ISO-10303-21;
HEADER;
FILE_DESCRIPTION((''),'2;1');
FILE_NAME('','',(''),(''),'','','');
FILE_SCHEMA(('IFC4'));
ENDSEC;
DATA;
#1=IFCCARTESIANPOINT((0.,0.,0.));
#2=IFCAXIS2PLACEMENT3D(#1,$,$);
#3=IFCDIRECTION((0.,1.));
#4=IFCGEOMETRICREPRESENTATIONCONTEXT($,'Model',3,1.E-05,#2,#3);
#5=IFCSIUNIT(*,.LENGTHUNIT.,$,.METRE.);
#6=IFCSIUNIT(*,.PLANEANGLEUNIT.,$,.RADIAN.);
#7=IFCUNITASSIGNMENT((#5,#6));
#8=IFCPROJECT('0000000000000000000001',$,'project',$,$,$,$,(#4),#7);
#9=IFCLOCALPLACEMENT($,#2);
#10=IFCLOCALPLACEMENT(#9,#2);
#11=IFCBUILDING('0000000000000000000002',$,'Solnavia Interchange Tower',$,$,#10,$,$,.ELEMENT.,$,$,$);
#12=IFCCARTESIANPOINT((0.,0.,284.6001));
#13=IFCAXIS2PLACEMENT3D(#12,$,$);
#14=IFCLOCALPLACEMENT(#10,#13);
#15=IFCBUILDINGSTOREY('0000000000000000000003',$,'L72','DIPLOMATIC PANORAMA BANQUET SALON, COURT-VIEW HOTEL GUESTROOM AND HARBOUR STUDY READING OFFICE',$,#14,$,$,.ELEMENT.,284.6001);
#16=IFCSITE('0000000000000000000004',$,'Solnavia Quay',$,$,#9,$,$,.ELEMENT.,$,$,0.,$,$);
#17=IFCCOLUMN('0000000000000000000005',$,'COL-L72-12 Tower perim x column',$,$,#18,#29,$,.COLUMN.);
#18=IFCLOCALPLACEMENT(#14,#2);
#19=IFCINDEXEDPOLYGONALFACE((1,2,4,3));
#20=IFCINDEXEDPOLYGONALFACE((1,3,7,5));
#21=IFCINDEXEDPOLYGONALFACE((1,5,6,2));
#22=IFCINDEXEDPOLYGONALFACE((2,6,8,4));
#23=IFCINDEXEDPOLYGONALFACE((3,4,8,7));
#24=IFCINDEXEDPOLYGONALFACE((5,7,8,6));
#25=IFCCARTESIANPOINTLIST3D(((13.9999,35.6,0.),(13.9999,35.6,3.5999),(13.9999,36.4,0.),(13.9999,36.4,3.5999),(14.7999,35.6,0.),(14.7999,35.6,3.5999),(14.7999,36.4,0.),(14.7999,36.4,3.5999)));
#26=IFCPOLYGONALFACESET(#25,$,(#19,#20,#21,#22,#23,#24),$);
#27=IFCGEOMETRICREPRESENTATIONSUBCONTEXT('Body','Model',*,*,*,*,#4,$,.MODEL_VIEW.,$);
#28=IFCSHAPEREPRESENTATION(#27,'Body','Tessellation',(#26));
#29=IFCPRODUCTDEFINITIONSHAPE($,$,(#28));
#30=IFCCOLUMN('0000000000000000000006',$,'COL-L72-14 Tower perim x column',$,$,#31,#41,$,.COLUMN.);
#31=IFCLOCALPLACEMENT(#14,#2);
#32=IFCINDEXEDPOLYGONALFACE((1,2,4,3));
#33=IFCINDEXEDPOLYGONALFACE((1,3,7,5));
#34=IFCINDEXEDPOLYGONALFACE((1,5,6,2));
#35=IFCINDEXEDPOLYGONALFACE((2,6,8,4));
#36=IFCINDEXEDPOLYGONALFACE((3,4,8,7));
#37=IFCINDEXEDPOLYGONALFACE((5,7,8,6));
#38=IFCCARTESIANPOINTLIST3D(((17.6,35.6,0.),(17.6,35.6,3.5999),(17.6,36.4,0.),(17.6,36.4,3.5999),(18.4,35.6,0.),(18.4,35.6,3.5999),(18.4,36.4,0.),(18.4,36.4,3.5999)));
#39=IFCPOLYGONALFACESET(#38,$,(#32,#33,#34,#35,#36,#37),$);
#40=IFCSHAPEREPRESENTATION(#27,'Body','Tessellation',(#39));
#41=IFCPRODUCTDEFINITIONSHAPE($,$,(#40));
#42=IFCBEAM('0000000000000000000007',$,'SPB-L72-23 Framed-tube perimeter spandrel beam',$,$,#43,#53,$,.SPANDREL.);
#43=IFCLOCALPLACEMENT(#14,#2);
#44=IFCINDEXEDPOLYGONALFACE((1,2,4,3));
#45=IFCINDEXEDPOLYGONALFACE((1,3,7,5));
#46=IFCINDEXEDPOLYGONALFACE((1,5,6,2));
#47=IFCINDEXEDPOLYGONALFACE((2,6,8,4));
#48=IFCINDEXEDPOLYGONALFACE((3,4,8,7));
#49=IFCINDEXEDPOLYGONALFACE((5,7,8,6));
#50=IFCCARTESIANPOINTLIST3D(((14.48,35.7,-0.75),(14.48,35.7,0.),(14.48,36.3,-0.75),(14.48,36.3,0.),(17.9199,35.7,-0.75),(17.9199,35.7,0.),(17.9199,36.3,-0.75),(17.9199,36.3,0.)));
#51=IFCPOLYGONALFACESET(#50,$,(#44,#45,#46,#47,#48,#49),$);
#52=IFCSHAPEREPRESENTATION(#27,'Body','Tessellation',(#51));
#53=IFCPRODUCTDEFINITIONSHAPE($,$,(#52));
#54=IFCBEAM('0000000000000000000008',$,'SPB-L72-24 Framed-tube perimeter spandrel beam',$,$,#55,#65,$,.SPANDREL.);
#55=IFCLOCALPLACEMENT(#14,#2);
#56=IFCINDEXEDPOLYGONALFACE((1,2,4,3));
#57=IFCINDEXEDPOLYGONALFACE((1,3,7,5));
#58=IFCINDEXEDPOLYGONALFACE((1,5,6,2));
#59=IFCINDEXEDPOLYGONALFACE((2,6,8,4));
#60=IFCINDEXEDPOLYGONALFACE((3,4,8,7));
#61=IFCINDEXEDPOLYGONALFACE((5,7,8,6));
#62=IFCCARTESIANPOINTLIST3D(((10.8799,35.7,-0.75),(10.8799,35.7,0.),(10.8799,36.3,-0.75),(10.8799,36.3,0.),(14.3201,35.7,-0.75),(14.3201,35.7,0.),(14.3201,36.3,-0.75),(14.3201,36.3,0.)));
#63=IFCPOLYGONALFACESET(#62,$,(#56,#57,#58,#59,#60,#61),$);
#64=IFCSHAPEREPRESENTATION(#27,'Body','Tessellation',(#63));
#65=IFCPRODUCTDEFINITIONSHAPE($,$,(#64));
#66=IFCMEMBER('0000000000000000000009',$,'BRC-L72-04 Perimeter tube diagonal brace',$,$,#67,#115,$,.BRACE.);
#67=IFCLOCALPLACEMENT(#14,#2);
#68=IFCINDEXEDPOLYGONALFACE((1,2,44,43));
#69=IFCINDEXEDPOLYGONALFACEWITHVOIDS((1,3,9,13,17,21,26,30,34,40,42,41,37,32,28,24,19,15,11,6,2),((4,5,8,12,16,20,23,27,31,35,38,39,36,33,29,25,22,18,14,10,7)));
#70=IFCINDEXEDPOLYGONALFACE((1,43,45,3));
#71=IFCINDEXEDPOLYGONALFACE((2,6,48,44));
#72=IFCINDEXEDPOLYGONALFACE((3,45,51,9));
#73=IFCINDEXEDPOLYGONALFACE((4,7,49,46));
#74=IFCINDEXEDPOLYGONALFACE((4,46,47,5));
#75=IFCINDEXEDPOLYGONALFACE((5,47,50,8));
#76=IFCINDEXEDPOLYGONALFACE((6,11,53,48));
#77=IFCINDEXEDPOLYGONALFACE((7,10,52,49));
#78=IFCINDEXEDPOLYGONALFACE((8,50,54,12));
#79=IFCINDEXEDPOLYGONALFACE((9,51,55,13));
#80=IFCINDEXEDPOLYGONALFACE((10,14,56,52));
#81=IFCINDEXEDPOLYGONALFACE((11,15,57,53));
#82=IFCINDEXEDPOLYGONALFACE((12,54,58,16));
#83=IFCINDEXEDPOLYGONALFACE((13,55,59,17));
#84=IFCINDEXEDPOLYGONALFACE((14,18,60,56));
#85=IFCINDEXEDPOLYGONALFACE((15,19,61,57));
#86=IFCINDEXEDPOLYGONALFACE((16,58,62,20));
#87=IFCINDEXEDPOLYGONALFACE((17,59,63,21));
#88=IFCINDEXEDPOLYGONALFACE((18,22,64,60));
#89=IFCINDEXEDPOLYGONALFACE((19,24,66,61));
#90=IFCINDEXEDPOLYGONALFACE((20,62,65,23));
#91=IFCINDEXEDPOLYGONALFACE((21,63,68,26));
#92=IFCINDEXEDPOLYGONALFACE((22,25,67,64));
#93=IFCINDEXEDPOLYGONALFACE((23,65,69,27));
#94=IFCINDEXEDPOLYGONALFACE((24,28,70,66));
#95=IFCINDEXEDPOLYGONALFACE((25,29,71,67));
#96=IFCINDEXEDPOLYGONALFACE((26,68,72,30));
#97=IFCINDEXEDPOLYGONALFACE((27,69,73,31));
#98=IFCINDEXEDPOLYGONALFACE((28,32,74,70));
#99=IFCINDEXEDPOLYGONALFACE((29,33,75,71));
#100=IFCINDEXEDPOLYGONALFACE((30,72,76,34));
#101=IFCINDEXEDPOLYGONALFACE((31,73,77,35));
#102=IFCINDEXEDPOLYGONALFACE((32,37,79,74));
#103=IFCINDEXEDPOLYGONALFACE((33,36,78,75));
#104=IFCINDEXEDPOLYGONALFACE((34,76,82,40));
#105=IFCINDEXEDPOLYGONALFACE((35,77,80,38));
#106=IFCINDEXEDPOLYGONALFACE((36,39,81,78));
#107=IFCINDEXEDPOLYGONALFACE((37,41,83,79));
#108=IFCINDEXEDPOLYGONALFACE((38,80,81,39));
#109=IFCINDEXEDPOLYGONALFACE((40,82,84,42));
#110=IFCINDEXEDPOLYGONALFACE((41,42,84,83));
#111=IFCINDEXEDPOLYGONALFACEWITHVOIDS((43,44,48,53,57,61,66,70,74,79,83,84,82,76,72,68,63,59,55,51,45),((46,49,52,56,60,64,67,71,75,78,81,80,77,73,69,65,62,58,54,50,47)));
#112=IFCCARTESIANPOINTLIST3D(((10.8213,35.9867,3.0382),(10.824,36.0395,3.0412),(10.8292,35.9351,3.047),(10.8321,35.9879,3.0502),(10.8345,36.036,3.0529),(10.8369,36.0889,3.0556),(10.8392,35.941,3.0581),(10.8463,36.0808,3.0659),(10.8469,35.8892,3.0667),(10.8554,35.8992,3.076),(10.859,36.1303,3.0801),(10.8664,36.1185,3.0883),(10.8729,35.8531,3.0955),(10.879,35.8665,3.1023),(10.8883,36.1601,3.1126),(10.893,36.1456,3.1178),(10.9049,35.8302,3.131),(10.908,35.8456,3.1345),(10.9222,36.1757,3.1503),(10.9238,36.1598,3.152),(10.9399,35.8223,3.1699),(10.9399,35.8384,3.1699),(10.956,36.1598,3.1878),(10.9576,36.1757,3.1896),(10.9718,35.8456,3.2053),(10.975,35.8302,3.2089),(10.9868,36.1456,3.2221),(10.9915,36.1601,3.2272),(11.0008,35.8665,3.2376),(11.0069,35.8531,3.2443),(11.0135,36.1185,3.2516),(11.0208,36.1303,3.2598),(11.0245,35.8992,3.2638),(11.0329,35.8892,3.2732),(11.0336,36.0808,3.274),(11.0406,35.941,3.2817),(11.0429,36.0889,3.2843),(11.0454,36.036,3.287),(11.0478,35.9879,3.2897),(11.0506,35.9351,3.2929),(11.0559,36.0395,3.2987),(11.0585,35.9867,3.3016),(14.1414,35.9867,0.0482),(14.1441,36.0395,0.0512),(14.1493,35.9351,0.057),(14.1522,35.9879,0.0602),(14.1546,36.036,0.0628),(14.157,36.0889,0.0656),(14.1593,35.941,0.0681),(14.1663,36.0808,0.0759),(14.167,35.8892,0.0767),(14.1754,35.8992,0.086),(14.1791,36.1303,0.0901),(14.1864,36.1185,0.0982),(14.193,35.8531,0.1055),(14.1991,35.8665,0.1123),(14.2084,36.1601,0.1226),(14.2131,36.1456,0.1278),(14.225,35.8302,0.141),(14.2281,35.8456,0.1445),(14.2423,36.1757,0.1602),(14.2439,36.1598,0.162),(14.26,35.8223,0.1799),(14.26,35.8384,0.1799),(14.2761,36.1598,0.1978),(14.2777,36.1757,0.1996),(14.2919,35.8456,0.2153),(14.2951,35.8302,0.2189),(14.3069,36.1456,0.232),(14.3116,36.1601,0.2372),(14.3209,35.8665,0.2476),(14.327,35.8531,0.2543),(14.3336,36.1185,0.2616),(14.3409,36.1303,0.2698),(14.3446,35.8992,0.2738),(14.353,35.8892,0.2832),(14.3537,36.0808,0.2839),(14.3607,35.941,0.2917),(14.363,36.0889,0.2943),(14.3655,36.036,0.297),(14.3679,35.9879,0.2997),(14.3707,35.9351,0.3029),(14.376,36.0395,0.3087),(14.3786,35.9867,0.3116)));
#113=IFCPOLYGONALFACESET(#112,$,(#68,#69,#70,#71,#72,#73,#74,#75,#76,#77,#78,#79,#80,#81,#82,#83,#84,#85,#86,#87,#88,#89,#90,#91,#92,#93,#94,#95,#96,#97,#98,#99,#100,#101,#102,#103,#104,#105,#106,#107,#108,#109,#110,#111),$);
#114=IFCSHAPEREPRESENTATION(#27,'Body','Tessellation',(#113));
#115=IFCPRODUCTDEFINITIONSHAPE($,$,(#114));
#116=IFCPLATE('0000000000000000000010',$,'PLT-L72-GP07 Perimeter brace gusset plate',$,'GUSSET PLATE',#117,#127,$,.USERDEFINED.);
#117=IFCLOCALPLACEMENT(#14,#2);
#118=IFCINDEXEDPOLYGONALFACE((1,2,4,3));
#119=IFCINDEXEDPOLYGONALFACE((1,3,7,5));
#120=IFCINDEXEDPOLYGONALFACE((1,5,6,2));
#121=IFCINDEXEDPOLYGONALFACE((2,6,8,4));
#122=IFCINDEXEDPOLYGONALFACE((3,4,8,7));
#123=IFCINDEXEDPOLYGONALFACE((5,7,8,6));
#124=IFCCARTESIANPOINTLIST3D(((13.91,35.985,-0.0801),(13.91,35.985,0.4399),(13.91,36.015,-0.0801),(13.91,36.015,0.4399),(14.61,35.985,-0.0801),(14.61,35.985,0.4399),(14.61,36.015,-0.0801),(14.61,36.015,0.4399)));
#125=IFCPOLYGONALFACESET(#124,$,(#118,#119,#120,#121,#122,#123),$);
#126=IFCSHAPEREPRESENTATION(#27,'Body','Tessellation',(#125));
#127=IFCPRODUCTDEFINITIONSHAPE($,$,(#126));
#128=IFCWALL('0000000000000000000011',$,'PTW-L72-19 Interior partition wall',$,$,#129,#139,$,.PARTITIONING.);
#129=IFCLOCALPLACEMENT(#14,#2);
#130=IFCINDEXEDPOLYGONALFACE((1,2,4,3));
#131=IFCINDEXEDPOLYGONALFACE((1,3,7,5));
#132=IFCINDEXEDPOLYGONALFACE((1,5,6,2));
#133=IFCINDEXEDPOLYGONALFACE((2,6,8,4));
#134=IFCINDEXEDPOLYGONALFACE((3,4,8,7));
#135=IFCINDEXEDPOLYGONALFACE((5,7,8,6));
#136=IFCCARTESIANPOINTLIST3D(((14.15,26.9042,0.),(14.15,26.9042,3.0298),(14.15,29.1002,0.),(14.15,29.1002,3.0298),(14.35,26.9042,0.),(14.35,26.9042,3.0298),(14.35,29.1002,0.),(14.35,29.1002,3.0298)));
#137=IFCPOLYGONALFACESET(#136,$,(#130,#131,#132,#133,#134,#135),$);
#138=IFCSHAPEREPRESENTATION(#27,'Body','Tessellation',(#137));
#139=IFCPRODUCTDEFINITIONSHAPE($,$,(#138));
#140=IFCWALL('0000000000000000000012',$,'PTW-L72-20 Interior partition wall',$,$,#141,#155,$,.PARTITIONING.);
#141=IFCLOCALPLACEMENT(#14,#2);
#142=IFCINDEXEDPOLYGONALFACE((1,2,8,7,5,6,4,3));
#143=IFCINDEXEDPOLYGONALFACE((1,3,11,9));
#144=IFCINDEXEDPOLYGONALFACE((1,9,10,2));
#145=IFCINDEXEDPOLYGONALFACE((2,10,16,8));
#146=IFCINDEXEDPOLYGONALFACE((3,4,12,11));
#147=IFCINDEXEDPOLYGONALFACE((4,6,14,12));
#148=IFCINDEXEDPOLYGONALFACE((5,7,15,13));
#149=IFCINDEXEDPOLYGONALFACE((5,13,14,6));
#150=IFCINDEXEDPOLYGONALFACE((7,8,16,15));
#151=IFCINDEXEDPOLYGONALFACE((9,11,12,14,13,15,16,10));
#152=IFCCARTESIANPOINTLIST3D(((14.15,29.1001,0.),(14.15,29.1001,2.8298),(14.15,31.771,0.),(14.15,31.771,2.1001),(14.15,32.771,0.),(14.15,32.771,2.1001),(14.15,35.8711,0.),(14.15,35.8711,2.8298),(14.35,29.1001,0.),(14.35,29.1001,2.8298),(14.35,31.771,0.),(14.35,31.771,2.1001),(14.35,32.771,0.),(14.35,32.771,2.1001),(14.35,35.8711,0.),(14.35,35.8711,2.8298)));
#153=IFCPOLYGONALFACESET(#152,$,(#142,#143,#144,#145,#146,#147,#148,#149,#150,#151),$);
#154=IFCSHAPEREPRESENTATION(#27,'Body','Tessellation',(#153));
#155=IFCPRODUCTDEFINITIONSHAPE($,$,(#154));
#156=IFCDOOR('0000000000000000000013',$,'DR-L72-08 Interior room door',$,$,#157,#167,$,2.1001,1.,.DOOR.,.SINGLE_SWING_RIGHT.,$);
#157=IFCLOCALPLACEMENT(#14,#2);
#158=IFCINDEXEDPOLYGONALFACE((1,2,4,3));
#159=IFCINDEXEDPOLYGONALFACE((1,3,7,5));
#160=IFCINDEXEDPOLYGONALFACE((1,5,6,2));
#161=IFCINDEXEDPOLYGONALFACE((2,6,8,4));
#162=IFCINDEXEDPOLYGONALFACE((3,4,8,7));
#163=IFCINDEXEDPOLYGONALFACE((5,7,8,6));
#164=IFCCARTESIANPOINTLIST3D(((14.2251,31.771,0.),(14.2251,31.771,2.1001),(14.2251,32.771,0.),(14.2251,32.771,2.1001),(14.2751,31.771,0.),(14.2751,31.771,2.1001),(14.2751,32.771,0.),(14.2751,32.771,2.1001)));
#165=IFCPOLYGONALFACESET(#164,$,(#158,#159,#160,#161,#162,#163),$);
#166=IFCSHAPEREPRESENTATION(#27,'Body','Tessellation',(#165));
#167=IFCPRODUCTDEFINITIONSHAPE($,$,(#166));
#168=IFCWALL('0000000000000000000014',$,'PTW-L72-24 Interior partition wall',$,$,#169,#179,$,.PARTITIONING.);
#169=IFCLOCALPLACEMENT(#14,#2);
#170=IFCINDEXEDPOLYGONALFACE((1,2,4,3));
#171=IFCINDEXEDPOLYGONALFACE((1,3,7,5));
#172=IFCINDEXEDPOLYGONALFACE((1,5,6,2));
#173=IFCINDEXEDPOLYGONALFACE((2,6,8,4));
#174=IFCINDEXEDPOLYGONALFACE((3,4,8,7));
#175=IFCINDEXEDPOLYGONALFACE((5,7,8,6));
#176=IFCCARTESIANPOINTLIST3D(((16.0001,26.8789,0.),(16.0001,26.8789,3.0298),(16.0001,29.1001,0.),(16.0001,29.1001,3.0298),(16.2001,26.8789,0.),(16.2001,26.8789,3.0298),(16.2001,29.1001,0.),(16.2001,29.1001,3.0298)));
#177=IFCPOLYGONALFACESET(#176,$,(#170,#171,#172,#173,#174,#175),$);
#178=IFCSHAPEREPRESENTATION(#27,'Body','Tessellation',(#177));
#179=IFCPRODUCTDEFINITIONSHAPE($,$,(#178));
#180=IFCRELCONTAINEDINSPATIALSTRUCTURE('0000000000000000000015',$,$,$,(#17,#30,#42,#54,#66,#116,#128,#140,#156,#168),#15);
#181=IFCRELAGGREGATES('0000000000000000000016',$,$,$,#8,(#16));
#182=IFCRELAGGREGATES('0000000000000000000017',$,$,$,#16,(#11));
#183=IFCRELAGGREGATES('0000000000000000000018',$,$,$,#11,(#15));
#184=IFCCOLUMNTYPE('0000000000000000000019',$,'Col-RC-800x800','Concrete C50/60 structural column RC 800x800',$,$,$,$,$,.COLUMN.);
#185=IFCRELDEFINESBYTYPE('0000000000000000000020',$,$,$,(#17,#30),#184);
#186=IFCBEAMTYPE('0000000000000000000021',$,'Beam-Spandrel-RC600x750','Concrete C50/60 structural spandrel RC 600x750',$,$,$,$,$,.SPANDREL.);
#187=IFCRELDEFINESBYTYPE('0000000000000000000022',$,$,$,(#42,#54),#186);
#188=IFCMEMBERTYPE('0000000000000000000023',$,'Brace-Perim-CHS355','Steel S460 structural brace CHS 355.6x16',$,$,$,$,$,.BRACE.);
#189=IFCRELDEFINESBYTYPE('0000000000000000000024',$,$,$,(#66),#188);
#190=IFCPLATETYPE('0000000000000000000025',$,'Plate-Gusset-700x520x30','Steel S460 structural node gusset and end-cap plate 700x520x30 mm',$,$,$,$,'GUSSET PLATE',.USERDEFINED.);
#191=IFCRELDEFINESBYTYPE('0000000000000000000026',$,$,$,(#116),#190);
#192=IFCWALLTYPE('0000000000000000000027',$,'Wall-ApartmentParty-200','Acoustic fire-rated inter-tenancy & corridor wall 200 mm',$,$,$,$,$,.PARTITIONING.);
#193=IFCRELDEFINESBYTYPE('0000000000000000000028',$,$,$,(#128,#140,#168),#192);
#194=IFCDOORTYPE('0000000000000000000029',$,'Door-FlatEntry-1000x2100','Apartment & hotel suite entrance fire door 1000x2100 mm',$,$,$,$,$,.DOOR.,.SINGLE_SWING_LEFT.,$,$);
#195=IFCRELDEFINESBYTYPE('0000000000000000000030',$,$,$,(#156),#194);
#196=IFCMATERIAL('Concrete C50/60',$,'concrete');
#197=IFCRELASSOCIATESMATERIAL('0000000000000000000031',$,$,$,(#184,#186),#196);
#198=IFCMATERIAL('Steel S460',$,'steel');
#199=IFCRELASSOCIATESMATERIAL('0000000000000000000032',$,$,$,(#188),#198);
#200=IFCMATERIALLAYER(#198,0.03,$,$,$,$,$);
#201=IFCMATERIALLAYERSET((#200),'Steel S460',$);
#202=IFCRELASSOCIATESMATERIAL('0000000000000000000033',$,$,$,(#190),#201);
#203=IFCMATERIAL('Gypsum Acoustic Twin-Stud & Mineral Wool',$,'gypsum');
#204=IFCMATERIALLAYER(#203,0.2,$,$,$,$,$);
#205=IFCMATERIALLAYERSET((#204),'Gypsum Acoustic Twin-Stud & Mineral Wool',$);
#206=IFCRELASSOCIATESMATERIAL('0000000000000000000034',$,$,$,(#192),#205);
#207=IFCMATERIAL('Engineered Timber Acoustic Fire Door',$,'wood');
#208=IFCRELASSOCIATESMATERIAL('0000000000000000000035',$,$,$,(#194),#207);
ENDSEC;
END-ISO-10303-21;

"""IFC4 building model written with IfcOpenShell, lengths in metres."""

from ifc_helpers import new_model, si_unit, direction, frame, frame_2d, origin, origin_2d, place, context, subcontext, project, spatial, rectangle, hollow_circle, extrude, material, layer, layer_set, material_profile, profile_set, type_object, element, fill, save


model = new_model("IFC4")

# Units and contexts
model_context = context("Model", 3, precision=1e-05, world=origin(), true_north=direction((0.0, 1.0)))
body_context = subcontext(model_context, "Body", "Model", "MODEL_VIEW")
ifc_project = project(units=[si_unit("LENGTHUNIT", "METRE"), si_unit("PLANEANGLEUNIT", "RADIAN")], contexts=[model_context])

# Site, building, storey
site_placement = place(None, origin())
site = spatial("IfcSite", under=ifc_project, at=site_placement, Name="Solnavia Quay", CompositionType="ELEMENT", RefElevation=0.0)
building_placement = place(site_placement, origin())
building = spatial("IfcBuilding", under=site, at=building_placement, Name="Solnavia Interchange Tower", CompositionType="ELEMENT")
storey_placement = place(building_placement, frame((0.0, 0.0, 284.6001)))
storey = spatial("IfcBuildingStorey", under=building, at=storey_placement, Name="L72", Description="DIPLOMATIC PANORAMA BANQUET SALON, COURT-VIEW HOTEL GUESTROOM AND HARBOUR STUDY READING OFFICE", CompositionType="ELEMENT", Elevation=284.6001)

# Columns
ifc_material_1 = material(Name="Concrete C50/60", Category="concrete")
ifc_material_profile_1 = material_profile(ifc_material_1, rectangle(XDim=0.8, YDim=0.8, at=origin_2d()), Name="RC 800x800")
ifc_profile_set_1 = profile_set([ifc_material_profile_1], Name="Concrete C50/60")
column_type = type_object("IfcColumnType", Name="Col-RC-800x800", Description="Concrete C50/60 structural column RC 800x800", PredefinedType="COLUMN", material=ifc_profile_set_1)
for number, where, z_axis, x_axis, name in (
    (1, (14.3999, 36.0, 0.0), (0.0, 0.0, 1.0), (1.0, 0.0, 0.0), "COL-L72-12 Tower perim x column"),
    (2, (18.0, 36.0, 0.0), (0.0, 0.0, 1.0), (1.0, 0.0, 0.0), "COL-L72-14 Tower perim x column"),
):
    element("IfcColumn", number, at=place(storey_placement, frame(where, z_axis=z_axis, x_axis=x_axis)), inside=storey, type_object=column_type, Name=name, PredefinedType="COLUMN", context=body_context, shape_type="SweptSolid", body=[
        extrude(rectangle(XDim=0.8, YDim=0.8, at=origin_2d()), origin(), (0.0, 0.0, 1.0), 3.5999),
    ])

# Beams
ifc_material_profile_2 = material_profile(ifc_material_1, rectangle(XDim=0.6001, YDim=0.75, at=origin_2d()), Name="RC 600x750")
ifc_profile_set_2 = profile_set([ifc_material_profile_2], Name="Concrete C50/60")
beam_type = type_object("IfcBeamType", Name="Beam-Spandrel-RC600x750", Description="Concrete C50/60 structural spandrel RC 600x750", PredefinedType="SPANDREL", material=ifc_profile_set_2)
beam_1_placement = place(storey_placement, frame((17.9199, 36.0, -0.375), z_axis=(-1.0, 0.0, 0.0), x_axis=(0.0, -1.0, 0.0)))
element("IfcBeam", 3, at=beam_1_placement, inside=storey, type_object=beam_type, Name="SPB-L72-23 Framed-tube perimeter spandrel beam", PredefinedType="SPANDREL", context=body_context, shape_type="SweptSolid", body=[
    extrude(rectangle(XDim=0.6001, YDim=0.75, at=origin_2d()), origin(), (0.0, 0.0, 1.0), 3.4399),
])
beam_2_placement = place(storey_placement, frame((14.3201, 36.0, -0.375), z_axis=(-1.0, 0.0, 0.0), x_axis=(0.0, -1.0, 0.0)))
element("IfcBeam", 4, at=beam_2_placement, inside=storey, type_object=beam_type, Name="SPB-L72-24 Framed-tube perimeter spandrel beam", PredefinedType="SPANDREL", context=body_context, shape_type="SweptSolid", body=[
    extrude(rectangle(XDim=0.6001, YDim=0.75, at=origin_2d()), origin(), (0.0, 0.0, 1.0), 3.4402),
])

# Member
ifc_material_2 = material(Name="Steel S460", Category="steel")
ifc_material_profile_3 = material_profile(ifc_material_2, hollow_circle(Radius=0.1777, WallThickness=0.0161, at=origin_2d()), Name="CHS 355.6x16")
ifc_profile_set_3 = profile_set([ifc_material_profile_3], Name="Steel S460")
member_type = type_object("IfcMemberType", Name="Brace-Perim-CHS355", Description="Steel S460 structural brace CHS 355.6x16", PredefinedType="BRACE", material=ifc_profile_set_3)
member_placement = place(storey_placement, frame((14.26, 36.0, 0.1799), z_axis=(-0.743079, 0.0, 0.669203), x_axis=(0.0, -1.0, 0.0)))
element("IfcMember", 5, at=member_placement, inside=storey, type_object=member_type, Name="BRC-L72-04 Perimeter tube diagonal brace", PredefinedType="BRACE", context=body_context, shape_type="SweptSolid", body=[
    extrude(hollow_circle(Radius=0.1777, WallThickness=0.0161, at=origin_2d()), origin(), (0.0, 0.0, 1.0), 4.468),
])

# Plate
ifc_layer_1 = layer(ifc_material_2, 0.03)
ifc_layer_set_1 = layer_set([ifc_layer_1], Name="Steel S460")
plate_type = type_object("IfcPlateType", Name="Plate-Gusset-700x520x30", Description="Steel S460 structural node gusset and end-cap plate 700x520x30 mm", ElementType="GUSSET PLATE", PredefinedType="USERDEFINED", material=ifc_layer_set_1)
plate_placement = place(storey_placement, frame((14.26, 36.0, -0.0801), z_axis=(0.0, 0.0, 1.0), x_axis=(-1.0, 0.0, 0.0)))
element("IfcPlate", 6, at=plate_placement, inside=storey, type_object=plate_type, Name="PLT-L72-GP07 Perimeter brace gusset plate", ObjectType="GUSSET PLATE", PredefinedType="USERDEFINED", context=body_context, shape_type="SweptSolid", body=[
    extrude(rectangle(XDim=0.7, YDim=0.03, at=origin_2d()), origin(), (0.0, 0.0, 1.0), 0.52),
])

# Wall
ifc_material_3 = material(Name="Gypsum Acoustic Twin-Stud & Mineral Wool", Category="gypsum")
ifc_layer_2 = layer(ifc_material_3, 0.2)
ifc_layer_set_2 = layer_set([ifc_layer_2], Name="Gypsum Acoustic Twin-Stud & Mineral Wool")
wall_type_1 = type_object("IfcWallType", Name="Wall-ApartmentParty-200", Description="Acoustic fire-rated inter-tenancy & corridor wall 200 mm", PredefinedType="PARTITIONING", material=ifc_layer_set_2)
wall_1_placement = place(storey_placement, frame((14.25, 26.9041, 0.0), z_axis=(0.0, 0.0, 1.0), x_axis=(0.0, 1.0, 0.0)))
element("IfcWall", 7, at=wall_1_placement, inside=storey, type_object=wall_type_1, Name="PTW-L72-19 Interior partition wall", PredefinedType="PARTITIONING", context=body_context, shape_type="SweptSolid", body=[
    extrude(rectangle(XDim=2.196, YDim=0.2, at=frame_2d((1.0981, 0.0))), origin(), (0.0, 0.0, 1.0), 3.0298),
])

# Wall, opening, door
wall_2_placement = place(storey_placement, frame((14.25, 29.1001, 0.0), z_axis=(0.0, 0.0, 1.0), x_axis=(0.0, 1.0, 0.0)))
wall_2 = element("IfcWall", 8, at=wall_2_placement, inside=storey, type_object=wall_type_1, Name="PTW-L72-20 Interior partition wall", PredefinedType="PARTITIONING", context=body_context, shape_type="SweptSolid", body=[
    extrude(rectangle(XDim=6.771, YDim=0.2, at=frame_2d((3.3855, 0.0))), origin(), (0.0, 0.0, 1.0), 2.8298),
])
opening_1_placement = place(wall_2_placement, frame((2.6709, 0.0, 0.0)))
opening_1 = element("IfcOpeningElement", 9, at=opening_1_placement, cuts=wall_2, PredefinedType="OPENING", context=body_context, shape_type="SweptSolid", body=[
    extrude(rectangle(XDim=1.0, YDim=2.1001, at=frame_2d((0.5, 1.05))), frame((0.0, 0.1099, 0.0), z_axis=(0.0, -1.0, 0.0), x_axis=(1.0, 0.0, 0.0)), (0.0, 0.0, 1.0), 0.22),
])
ifc_material_4 = material(Name="Engineered Timber Acoustic Fire Door", Category="wood")
door_type_1 = type_object("IfcDoorType", Name="Door-FlatEntry-1000x2100", Description="Apartment & hotel suite entrance fire door 1000x2100 mm", OperationType="SINGLE_SWING_LEFT", PredefinedType="DOOR", material=ifc_material_4)
door_1_placement = place(opening_1_placement, origin())
door_1 = element("IfcDoor", 10, at=door_1_placement, inside=storey, type_object=door_type_1, Name="DR-L72-08 Interior room door", OperationType="SINGLE_SWING_RIGHT", OverallHeight=2.1001, OverallWidth=1.0, PredefinedType="DOOR", context=body_context, shape_type="SweptSolid", body=[
    extrude(rectangle(XDim=1.0, YDim=2.1001, at=frame_2d((0.5, 1.05))), frame((0.0, 0.0249, 0.0), z_axis=(0.0, -1.0, 0.0), x_axis=(1.0, 0.0, 0.0)), (0.0, 0.0, 1.0), 0.05),
])
fill(opening_1, door_1)

# Wall
wall_3_placement = place(storey_placement, frame((16.1001, 26.8789, 0.0), z_axis=(0.0, 0.0, 1.0), x_axis=(0.0, 1.0, 0.0)))
element("IfcWall", 11, at=wall_3_placement, inside=storey, type_object=wall_type_1, Name="PTW-L72-24 Interior partition wall", PredefinedType="PARTITIONING", context=body_context, shape_type="SweptSolid", body=[
    extrude(rectangle(XDim=2.2212, YDim=0.2, at=frame_2d((1.1106, 0.0))), origin(), (0.0, 0.0, 1.0), 3.0298),
])

save(model, "model.ifc")
